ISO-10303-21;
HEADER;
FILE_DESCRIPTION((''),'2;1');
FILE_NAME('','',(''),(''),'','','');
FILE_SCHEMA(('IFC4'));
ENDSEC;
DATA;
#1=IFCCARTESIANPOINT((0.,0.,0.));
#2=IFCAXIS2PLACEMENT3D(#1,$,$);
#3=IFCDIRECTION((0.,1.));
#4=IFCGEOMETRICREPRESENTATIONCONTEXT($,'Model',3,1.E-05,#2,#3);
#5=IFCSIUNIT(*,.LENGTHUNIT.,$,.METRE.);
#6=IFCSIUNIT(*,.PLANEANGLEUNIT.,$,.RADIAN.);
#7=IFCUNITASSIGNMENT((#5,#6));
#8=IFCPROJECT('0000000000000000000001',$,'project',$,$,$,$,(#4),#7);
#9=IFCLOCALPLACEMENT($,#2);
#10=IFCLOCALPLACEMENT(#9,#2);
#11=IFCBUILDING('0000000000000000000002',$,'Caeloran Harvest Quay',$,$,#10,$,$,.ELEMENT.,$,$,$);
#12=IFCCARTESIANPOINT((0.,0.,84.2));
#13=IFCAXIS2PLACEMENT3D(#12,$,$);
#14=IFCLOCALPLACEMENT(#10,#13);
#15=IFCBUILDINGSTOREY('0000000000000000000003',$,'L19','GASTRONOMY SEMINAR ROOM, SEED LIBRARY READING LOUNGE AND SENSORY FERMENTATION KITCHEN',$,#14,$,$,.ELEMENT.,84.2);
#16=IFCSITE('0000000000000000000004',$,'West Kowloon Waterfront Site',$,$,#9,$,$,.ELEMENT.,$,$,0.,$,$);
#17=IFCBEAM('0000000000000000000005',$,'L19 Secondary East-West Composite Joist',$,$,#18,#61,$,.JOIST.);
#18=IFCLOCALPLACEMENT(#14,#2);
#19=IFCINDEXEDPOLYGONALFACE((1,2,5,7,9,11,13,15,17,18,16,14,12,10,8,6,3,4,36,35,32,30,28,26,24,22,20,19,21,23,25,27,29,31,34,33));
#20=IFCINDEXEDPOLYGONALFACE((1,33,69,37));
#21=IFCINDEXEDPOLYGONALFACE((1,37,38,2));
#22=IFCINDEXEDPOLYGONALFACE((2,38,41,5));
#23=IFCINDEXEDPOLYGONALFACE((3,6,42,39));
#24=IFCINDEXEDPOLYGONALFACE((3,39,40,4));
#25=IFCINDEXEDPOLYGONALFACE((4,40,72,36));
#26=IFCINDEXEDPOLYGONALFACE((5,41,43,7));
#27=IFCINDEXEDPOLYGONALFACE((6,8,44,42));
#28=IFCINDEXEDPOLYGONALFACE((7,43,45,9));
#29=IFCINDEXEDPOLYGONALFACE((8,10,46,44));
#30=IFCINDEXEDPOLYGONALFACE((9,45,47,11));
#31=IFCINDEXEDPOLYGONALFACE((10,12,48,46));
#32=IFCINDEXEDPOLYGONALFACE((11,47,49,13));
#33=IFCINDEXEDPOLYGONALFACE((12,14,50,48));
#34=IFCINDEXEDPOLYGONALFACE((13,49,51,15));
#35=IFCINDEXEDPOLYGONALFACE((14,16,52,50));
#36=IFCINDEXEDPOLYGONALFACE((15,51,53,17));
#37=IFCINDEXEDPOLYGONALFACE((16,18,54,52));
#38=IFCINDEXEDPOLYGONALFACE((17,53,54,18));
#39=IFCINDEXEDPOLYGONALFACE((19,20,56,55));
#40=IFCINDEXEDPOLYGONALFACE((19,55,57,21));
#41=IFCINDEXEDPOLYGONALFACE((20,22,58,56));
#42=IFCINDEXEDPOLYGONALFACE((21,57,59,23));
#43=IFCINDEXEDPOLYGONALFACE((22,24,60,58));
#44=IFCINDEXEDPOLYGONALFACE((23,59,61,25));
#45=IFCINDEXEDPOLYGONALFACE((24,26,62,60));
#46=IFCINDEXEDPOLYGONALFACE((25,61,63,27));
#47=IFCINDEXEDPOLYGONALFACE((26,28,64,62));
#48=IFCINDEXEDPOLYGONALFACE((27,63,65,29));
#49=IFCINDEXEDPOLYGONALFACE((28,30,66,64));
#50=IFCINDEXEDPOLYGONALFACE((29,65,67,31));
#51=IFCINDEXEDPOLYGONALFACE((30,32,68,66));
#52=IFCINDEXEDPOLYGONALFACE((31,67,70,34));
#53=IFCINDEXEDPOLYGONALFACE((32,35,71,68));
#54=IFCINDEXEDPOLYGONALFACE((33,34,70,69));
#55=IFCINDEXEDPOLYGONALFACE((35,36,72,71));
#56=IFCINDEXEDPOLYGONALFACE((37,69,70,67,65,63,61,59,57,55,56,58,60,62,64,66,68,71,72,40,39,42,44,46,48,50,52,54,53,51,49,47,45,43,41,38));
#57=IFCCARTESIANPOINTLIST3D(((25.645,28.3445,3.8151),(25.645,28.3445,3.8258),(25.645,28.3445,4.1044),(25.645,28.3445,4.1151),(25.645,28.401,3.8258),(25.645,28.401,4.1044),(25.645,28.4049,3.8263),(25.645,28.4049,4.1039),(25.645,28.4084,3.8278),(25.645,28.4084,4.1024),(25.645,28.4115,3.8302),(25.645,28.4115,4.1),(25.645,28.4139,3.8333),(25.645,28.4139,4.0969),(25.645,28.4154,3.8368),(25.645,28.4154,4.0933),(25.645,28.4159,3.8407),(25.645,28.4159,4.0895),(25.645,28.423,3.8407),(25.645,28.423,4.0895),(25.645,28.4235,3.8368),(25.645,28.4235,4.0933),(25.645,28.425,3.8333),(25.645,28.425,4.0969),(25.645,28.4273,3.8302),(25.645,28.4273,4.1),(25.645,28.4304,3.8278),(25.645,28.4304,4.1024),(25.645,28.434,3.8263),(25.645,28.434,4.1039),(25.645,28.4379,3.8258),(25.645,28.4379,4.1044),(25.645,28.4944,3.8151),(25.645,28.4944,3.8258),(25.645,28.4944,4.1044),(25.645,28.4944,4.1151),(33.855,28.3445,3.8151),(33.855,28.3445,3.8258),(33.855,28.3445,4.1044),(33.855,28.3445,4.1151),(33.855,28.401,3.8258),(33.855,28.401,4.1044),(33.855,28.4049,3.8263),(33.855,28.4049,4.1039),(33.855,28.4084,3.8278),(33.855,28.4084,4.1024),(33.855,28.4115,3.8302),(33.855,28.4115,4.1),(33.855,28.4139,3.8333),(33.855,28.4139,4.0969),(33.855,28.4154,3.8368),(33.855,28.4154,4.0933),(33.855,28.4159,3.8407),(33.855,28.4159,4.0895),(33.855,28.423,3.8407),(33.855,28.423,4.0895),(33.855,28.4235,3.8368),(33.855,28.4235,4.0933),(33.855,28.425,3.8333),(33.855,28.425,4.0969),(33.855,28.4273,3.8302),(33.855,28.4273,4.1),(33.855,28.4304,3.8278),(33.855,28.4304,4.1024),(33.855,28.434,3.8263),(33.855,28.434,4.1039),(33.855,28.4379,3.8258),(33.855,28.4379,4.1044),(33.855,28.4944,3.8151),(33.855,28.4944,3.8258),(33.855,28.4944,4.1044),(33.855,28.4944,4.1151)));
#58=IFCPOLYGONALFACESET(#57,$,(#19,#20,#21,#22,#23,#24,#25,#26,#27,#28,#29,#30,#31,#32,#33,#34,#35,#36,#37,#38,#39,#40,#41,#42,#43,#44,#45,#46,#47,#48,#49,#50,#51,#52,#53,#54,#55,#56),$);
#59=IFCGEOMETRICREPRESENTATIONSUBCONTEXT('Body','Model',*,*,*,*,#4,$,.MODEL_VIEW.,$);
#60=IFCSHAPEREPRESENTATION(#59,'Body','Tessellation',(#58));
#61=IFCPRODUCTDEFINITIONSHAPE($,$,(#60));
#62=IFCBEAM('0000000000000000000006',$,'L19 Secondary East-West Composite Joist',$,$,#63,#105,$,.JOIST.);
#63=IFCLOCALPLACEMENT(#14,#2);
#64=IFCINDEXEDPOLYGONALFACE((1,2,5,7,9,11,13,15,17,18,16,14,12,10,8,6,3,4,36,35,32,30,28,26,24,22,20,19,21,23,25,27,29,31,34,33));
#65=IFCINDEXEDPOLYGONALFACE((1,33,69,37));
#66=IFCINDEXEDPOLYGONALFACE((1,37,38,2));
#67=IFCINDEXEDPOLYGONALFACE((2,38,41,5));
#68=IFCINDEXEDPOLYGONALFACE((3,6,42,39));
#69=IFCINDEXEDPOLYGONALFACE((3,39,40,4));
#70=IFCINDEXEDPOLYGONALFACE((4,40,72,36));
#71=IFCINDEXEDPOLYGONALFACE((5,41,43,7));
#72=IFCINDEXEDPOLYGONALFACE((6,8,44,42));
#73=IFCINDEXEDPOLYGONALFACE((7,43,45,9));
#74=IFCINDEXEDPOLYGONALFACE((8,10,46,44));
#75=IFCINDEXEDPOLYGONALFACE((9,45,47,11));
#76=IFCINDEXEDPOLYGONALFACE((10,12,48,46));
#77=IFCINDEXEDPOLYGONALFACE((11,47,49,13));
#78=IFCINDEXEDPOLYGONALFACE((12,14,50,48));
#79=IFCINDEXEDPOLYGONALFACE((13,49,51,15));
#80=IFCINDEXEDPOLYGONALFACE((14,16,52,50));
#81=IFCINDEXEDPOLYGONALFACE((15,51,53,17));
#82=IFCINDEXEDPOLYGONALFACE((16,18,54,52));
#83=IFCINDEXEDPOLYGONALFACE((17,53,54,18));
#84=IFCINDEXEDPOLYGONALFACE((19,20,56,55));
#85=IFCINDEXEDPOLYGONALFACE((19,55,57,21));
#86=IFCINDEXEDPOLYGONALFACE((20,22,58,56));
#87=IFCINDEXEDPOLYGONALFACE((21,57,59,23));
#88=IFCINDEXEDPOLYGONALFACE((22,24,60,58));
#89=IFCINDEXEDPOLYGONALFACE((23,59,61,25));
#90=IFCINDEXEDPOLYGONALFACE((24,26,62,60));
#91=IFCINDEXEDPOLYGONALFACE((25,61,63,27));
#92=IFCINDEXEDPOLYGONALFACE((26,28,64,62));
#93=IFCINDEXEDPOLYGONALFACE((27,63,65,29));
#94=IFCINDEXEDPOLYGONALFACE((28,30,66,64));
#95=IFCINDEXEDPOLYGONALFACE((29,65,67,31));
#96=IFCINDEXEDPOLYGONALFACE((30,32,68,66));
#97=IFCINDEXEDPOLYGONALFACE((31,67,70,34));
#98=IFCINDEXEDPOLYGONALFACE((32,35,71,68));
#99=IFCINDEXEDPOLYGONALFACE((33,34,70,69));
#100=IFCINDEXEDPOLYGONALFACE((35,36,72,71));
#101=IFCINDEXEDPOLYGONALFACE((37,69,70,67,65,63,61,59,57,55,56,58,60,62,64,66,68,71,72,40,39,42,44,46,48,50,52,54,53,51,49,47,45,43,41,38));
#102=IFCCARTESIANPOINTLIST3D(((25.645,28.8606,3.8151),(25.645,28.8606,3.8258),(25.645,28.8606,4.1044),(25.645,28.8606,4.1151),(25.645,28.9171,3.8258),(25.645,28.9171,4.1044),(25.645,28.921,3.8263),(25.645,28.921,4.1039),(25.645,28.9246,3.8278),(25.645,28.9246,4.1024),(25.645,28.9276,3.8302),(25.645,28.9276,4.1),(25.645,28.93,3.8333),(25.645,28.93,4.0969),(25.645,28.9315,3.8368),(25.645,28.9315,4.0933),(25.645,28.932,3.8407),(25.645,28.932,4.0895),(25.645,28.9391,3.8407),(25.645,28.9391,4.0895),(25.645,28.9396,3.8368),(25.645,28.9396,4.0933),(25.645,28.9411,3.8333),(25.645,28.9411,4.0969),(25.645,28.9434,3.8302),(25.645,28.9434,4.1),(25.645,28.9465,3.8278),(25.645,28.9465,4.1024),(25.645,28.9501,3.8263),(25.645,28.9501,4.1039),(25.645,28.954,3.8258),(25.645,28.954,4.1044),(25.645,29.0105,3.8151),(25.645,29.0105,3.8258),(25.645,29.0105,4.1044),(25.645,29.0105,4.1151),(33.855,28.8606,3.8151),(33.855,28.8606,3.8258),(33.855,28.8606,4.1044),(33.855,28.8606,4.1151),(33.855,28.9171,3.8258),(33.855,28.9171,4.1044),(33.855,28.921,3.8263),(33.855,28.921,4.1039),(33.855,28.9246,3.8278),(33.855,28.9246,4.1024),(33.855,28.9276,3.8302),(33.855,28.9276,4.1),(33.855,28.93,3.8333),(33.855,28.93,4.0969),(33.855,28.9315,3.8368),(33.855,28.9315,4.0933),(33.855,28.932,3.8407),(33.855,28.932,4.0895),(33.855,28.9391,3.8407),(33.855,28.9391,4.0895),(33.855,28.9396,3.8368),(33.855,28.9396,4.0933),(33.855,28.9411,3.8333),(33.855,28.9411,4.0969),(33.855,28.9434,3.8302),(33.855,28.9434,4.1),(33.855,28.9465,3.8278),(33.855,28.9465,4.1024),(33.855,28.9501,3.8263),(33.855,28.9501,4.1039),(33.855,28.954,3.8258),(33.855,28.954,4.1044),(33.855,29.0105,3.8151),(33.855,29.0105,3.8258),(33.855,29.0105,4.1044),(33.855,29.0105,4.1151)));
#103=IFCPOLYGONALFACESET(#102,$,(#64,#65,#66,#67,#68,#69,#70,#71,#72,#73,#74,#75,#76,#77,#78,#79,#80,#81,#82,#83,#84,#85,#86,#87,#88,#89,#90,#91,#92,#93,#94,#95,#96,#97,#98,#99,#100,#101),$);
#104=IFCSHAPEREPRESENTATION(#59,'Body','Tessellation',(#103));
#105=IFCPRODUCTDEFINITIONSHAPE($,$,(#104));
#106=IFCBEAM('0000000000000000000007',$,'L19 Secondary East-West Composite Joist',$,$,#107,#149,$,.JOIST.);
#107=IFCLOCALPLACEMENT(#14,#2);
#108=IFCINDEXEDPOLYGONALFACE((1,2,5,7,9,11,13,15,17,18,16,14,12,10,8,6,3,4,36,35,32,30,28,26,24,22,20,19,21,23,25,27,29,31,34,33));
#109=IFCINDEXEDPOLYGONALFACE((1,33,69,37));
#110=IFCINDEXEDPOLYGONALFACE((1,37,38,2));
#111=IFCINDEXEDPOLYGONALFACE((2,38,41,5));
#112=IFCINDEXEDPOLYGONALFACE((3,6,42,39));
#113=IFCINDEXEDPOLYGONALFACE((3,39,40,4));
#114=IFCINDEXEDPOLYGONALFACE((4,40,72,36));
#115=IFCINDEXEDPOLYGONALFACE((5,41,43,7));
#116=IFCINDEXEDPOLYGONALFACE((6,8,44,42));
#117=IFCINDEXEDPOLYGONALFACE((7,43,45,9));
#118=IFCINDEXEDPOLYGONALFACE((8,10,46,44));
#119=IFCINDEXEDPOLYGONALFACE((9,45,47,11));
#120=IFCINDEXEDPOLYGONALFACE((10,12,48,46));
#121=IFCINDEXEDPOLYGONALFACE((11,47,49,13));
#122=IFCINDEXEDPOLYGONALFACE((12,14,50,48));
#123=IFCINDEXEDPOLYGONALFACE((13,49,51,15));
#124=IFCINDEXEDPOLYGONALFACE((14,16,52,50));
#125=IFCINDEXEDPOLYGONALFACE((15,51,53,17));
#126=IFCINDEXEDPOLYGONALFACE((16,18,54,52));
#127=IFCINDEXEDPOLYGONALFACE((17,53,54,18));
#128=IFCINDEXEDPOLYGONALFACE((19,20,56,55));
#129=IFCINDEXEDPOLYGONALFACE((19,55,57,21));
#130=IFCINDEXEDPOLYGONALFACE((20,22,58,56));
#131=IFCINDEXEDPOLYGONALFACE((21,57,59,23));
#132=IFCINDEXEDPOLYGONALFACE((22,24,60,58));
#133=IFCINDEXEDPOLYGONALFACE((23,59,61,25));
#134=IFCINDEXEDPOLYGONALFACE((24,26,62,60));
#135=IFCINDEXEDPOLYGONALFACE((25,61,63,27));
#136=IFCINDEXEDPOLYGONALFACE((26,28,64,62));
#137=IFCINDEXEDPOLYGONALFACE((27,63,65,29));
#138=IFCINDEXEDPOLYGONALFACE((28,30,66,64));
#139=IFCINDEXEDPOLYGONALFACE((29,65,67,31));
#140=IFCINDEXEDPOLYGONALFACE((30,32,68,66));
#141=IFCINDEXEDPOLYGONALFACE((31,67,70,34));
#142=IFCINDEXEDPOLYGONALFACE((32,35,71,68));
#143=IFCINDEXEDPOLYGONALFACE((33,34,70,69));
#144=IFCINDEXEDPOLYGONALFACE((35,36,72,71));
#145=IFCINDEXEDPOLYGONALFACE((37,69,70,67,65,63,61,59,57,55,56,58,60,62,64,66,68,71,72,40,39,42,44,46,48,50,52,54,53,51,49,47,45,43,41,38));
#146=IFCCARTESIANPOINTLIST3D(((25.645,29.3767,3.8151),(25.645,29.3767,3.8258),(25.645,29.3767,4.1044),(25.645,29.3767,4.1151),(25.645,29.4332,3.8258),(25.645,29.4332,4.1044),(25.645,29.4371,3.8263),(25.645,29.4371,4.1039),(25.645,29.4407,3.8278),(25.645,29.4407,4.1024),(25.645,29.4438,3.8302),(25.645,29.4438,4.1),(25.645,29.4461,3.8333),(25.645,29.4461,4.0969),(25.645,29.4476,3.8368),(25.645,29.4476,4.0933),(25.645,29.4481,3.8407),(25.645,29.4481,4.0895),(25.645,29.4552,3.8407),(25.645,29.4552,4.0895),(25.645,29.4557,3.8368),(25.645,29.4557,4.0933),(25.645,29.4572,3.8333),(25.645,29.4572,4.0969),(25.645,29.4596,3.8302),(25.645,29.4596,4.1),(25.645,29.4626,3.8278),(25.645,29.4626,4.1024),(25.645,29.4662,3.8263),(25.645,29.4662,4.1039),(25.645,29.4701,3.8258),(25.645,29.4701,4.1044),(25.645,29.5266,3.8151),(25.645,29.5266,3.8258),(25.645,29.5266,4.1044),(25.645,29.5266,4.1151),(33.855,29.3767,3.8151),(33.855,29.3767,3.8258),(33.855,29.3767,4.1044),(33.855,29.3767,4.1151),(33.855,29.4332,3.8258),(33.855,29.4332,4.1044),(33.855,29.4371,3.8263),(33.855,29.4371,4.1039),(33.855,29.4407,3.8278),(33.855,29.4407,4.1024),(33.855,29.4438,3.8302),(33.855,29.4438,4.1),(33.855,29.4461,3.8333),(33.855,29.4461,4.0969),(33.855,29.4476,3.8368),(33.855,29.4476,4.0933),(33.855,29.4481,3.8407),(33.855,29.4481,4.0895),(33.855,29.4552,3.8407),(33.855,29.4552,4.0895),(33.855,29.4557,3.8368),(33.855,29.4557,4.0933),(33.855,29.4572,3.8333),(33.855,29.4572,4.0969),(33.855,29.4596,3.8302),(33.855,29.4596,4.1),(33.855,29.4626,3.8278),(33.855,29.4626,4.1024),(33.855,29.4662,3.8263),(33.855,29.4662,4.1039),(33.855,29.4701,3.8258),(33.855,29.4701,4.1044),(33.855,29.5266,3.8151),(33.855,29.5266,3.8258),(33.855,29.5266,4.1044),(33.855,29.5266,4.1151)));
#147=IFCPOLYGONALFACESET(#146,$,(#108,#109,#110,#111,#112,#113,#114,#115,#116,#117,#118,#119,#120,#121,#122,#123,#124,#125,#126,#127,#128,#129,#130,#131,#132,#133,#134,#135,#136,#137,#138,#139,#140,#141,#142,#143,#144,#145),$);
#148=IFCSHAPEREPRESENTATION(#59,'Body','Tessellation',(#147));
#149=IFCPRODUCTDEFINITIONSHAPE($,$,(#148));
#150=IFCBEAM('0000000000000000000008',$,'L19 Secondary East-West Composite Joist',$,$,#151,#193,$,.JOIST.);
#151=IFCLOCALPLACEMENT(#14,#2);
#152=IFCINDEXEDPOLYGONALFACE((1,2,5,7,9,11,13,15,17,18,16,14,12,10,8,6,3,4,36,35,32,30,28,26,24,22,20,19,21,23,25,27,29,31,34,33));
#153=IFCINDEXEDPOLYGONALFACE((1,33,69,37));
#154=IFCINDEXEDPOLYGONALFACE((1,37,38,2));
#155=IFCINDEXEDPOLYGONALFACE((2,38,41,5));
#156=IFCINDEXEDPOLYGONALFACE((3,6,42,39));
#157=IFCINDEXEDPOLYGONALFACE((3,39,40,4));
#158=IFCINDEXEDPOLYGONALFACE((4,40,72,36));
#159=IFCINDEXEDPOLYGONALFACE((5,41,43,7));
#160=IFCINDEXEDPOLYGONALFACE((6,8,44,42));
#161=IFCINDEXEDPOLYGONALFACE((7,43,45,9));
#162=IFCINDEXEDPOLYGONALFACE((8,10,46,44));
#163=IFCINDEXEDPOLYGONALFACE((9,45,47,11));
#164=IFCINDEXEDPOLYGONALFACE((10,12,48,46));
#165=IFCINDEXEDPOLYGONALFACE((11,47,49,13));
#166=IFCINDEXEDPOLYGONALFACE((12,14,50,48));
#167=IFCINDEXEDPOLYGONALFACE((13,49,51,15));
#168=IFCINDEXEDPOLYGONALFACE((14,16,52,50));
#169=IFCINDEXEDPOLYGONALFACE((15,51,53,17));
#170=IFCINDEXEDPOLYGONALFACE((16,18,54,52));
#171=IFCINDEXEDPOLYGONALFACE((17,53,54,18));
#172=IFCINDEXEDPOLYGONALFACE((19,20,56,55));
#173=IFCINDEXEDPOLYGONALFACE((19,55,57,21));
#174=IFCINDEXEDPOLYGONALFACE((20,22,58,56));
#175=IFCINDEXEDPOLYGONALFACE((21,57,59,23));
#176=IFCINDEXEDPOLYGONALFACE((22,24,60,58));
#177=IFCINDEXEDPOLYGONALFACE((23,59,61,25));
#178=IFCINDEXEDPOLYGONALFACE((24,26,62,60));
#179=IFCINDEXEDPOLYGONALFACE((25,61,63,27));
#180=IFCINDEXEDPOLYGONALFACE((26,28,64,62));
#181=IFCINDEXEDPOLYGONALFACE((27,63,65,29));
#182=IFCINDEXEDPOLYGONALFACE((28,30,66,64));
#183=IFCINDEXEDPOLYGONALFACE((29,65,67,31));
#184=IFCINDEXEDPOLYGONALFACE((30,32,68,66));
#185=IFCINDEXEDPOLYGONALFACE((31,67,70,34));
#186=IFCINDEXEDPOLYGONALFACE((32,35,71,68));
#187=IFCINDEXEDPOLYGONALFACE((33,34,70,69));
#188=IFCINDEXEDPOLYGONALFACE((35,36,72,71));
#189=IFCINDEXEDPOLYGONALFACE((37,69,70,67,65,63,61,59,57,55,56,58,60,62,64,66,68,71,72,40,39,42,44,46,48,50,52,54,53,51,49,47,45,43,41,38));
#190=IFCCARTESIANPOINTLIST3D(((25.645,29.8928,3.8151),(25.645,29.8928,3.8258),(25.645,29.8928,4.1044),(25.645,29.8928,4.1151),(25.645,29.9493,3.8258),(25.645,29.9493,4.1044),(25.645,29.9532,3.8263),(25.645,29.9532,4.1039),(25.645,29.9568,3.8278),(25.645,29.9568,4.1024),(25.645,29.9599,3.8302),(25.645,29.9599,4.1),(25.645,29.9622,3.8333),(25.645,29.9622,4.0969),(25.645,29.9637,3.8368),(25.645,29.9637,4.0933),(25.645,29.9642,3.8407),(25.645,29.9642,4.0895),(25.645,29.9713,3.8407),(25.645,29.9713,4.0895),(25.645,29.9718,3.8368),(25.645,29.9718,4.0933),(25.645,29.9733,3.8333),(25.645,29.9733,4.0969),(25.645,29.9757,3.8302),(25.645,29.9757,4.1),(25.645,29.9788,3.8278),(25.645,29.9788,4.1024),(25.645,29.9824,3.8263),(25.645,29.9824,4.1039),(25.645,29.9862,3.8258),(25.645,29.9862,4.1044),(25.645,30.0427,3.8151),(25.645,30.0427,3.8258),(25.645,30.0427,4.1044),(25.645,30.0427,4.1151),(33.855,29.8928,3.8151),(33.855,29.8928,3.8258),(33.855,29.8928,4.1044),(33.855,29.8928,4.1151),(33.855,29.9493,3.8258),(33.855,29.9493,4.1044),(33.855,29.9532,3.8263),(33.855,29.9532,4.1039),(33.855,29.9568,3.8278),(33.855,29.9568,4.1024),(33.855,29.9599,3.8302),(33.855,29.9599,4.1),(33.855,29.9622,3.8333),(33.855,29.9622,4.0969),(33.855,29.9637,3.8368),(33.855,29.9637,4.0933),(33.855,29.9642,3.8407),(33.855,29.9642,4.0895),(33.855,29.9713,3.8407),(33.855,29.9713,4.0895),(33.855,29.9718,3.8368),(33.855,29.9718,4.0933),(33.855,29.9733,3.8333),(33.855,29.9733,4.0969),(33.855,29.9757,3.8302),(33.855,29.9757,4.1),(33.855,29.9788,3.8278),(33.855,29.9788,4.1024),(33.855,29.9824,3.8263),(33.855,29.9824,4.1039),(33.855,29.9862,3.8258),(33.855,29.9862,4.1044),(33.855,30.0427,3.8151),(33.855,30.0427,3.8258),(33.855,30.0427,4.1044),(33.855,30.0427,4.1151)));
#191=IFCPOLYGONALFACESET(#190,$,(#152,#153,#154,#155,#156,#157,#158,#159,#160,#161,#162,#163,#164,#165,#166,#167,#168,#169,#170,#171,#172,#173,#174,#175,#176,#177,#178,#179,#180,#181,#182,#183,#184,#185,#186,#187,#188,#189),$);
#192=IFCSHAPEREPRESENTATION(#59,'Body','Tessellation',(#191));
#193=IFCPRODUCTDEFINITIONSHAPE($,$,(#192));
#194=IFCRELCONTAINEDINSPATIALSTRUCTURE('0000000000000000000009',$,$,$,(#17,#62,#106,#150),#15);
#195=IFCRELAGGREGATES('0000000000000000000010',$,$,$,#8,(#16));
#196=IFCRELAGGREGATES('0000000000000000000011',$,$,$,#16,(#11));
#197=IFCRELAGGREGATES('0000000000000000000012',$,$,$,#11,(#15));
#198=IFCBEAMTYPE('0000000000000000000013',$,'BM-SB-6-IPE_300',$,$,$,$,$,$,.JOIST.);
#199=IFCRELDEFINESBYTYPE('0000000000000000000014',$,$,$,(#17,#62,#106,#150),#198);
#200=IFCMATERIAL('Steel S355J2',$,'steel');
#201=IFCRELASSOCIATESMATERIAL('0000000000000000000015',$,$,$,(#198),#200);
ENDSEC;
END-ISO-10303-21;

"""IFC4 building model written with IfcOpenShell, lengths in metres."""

from ifc_helpers import new_model, si_unit, direction, frame, origin, origin_2d, place, context, subcontext, project, spatial, i_section, extrude, material, material_profile, profile_set, type_object, element, save


model = new_model("IFC4")

# Units and contexts
model_context = context("Model", 3, precision=1e-05, world=origin(), true_north=direction((0.0, 1.0)))
body_context = subcontext(model_context, "Body", "Model", "MODEL_VIEW")
ifc_project = project(units=[si_unit("LENGTHUNIT", "METRE"), si_unit("PLANEANGLEUNIT", "RADIAN")], contexts=[model_context])

# Site, building, storey
site_placement = place(None, origin())
site = spatial("IfcSite", under=ifc_project, at=site_placement, Name="West Kowloon Waterfront Site", CompositionType="ELEMENT", RefElevation=0.0)
building_placement = place(site_placement, origin())
building = spatial("IfcBuilding", under=site, at=building_placement, Name="Caeloran Harvest Quay", CompositionType="ELEMENT")
storey_placement = place(building_placement, frame((0.0, 0.0, 84.2)))
storey = spatial("IfcBuildingStorey", under=building, at=storey_placement, Name="L19", Description="GASTRONOMY SEMINAR ROOM, SEED LIBRARY READING LOUNGE AND SENSORY FERMENTATION KITCHEN", CompositionType="ELEMENT", Elevation=84.2)

# Beams
ifc_material_1 = material(Name="Steel S355J2", Category="steel")
ifc_material_profile_1 = material_profile(ifc_material_1, i_section(OverallWidth=0.1499, OverallDepth=0.3, WebThickness=0.0071, FlangeThickness=0.0107, FilletRadius=0.0149, at=origin_2d()), Name="IPE 300")
ifc_profile_set_1 = profile_set([ifc_material_profile_1], Name="Steel S355J2")
beam_type_1 = type_object("IfcBeamType", Name="BM-SB-6-IPE_300", PredefinedType="JOIST", material=ifc_profile_set_1)
for number, where, z_axis, x_axis, name in (
    (1, (25.645, 28.4194, 3.9651), (1.0, 0.0, 0.0), (0.0, 1.0, 0.0), "L19 Secondary East-West Composite Joist"),
    (2, (25.645, 28.9355, 3.9651), (1.0, 0.0, 0.0), (0.0, 1.0, 0.0), "L19 Secondary East-West Composite Joist"),
    (3, (25.645, 29.4517, 3.9651), (1.0, 0.0, 0.0), (0.0, 1.0, 0.0), "L19 Secondary East-West Composite Joist"),
    (4, (25.645, 29.9678, 3.9651), (1.0, 0.0, 0.0), (0.0, 1.0, 0.0), "L19 Secondary East-West Composite Joist"),
):
    element("IfcBeam", number, at=place(storey_placement, frame(where, z_axis=z_axis, x_axis=x_axis)), inside=storey, type_object=beam_type_1, Name=name, PredefinedType="JOIST", context=body_context, shape_type="SweptSolid", body=[
        extrude(i_section(OverallWidth=0.1499, OverallDepth=0.3, WebThickness=0.0071, FlangeThickness=0.0107, FilletRadius=0.0149, at=origin_2d()), origin(), (0.0, 0.0, 1.0), 8.21),
    ])

save(model, "model.ifc")
